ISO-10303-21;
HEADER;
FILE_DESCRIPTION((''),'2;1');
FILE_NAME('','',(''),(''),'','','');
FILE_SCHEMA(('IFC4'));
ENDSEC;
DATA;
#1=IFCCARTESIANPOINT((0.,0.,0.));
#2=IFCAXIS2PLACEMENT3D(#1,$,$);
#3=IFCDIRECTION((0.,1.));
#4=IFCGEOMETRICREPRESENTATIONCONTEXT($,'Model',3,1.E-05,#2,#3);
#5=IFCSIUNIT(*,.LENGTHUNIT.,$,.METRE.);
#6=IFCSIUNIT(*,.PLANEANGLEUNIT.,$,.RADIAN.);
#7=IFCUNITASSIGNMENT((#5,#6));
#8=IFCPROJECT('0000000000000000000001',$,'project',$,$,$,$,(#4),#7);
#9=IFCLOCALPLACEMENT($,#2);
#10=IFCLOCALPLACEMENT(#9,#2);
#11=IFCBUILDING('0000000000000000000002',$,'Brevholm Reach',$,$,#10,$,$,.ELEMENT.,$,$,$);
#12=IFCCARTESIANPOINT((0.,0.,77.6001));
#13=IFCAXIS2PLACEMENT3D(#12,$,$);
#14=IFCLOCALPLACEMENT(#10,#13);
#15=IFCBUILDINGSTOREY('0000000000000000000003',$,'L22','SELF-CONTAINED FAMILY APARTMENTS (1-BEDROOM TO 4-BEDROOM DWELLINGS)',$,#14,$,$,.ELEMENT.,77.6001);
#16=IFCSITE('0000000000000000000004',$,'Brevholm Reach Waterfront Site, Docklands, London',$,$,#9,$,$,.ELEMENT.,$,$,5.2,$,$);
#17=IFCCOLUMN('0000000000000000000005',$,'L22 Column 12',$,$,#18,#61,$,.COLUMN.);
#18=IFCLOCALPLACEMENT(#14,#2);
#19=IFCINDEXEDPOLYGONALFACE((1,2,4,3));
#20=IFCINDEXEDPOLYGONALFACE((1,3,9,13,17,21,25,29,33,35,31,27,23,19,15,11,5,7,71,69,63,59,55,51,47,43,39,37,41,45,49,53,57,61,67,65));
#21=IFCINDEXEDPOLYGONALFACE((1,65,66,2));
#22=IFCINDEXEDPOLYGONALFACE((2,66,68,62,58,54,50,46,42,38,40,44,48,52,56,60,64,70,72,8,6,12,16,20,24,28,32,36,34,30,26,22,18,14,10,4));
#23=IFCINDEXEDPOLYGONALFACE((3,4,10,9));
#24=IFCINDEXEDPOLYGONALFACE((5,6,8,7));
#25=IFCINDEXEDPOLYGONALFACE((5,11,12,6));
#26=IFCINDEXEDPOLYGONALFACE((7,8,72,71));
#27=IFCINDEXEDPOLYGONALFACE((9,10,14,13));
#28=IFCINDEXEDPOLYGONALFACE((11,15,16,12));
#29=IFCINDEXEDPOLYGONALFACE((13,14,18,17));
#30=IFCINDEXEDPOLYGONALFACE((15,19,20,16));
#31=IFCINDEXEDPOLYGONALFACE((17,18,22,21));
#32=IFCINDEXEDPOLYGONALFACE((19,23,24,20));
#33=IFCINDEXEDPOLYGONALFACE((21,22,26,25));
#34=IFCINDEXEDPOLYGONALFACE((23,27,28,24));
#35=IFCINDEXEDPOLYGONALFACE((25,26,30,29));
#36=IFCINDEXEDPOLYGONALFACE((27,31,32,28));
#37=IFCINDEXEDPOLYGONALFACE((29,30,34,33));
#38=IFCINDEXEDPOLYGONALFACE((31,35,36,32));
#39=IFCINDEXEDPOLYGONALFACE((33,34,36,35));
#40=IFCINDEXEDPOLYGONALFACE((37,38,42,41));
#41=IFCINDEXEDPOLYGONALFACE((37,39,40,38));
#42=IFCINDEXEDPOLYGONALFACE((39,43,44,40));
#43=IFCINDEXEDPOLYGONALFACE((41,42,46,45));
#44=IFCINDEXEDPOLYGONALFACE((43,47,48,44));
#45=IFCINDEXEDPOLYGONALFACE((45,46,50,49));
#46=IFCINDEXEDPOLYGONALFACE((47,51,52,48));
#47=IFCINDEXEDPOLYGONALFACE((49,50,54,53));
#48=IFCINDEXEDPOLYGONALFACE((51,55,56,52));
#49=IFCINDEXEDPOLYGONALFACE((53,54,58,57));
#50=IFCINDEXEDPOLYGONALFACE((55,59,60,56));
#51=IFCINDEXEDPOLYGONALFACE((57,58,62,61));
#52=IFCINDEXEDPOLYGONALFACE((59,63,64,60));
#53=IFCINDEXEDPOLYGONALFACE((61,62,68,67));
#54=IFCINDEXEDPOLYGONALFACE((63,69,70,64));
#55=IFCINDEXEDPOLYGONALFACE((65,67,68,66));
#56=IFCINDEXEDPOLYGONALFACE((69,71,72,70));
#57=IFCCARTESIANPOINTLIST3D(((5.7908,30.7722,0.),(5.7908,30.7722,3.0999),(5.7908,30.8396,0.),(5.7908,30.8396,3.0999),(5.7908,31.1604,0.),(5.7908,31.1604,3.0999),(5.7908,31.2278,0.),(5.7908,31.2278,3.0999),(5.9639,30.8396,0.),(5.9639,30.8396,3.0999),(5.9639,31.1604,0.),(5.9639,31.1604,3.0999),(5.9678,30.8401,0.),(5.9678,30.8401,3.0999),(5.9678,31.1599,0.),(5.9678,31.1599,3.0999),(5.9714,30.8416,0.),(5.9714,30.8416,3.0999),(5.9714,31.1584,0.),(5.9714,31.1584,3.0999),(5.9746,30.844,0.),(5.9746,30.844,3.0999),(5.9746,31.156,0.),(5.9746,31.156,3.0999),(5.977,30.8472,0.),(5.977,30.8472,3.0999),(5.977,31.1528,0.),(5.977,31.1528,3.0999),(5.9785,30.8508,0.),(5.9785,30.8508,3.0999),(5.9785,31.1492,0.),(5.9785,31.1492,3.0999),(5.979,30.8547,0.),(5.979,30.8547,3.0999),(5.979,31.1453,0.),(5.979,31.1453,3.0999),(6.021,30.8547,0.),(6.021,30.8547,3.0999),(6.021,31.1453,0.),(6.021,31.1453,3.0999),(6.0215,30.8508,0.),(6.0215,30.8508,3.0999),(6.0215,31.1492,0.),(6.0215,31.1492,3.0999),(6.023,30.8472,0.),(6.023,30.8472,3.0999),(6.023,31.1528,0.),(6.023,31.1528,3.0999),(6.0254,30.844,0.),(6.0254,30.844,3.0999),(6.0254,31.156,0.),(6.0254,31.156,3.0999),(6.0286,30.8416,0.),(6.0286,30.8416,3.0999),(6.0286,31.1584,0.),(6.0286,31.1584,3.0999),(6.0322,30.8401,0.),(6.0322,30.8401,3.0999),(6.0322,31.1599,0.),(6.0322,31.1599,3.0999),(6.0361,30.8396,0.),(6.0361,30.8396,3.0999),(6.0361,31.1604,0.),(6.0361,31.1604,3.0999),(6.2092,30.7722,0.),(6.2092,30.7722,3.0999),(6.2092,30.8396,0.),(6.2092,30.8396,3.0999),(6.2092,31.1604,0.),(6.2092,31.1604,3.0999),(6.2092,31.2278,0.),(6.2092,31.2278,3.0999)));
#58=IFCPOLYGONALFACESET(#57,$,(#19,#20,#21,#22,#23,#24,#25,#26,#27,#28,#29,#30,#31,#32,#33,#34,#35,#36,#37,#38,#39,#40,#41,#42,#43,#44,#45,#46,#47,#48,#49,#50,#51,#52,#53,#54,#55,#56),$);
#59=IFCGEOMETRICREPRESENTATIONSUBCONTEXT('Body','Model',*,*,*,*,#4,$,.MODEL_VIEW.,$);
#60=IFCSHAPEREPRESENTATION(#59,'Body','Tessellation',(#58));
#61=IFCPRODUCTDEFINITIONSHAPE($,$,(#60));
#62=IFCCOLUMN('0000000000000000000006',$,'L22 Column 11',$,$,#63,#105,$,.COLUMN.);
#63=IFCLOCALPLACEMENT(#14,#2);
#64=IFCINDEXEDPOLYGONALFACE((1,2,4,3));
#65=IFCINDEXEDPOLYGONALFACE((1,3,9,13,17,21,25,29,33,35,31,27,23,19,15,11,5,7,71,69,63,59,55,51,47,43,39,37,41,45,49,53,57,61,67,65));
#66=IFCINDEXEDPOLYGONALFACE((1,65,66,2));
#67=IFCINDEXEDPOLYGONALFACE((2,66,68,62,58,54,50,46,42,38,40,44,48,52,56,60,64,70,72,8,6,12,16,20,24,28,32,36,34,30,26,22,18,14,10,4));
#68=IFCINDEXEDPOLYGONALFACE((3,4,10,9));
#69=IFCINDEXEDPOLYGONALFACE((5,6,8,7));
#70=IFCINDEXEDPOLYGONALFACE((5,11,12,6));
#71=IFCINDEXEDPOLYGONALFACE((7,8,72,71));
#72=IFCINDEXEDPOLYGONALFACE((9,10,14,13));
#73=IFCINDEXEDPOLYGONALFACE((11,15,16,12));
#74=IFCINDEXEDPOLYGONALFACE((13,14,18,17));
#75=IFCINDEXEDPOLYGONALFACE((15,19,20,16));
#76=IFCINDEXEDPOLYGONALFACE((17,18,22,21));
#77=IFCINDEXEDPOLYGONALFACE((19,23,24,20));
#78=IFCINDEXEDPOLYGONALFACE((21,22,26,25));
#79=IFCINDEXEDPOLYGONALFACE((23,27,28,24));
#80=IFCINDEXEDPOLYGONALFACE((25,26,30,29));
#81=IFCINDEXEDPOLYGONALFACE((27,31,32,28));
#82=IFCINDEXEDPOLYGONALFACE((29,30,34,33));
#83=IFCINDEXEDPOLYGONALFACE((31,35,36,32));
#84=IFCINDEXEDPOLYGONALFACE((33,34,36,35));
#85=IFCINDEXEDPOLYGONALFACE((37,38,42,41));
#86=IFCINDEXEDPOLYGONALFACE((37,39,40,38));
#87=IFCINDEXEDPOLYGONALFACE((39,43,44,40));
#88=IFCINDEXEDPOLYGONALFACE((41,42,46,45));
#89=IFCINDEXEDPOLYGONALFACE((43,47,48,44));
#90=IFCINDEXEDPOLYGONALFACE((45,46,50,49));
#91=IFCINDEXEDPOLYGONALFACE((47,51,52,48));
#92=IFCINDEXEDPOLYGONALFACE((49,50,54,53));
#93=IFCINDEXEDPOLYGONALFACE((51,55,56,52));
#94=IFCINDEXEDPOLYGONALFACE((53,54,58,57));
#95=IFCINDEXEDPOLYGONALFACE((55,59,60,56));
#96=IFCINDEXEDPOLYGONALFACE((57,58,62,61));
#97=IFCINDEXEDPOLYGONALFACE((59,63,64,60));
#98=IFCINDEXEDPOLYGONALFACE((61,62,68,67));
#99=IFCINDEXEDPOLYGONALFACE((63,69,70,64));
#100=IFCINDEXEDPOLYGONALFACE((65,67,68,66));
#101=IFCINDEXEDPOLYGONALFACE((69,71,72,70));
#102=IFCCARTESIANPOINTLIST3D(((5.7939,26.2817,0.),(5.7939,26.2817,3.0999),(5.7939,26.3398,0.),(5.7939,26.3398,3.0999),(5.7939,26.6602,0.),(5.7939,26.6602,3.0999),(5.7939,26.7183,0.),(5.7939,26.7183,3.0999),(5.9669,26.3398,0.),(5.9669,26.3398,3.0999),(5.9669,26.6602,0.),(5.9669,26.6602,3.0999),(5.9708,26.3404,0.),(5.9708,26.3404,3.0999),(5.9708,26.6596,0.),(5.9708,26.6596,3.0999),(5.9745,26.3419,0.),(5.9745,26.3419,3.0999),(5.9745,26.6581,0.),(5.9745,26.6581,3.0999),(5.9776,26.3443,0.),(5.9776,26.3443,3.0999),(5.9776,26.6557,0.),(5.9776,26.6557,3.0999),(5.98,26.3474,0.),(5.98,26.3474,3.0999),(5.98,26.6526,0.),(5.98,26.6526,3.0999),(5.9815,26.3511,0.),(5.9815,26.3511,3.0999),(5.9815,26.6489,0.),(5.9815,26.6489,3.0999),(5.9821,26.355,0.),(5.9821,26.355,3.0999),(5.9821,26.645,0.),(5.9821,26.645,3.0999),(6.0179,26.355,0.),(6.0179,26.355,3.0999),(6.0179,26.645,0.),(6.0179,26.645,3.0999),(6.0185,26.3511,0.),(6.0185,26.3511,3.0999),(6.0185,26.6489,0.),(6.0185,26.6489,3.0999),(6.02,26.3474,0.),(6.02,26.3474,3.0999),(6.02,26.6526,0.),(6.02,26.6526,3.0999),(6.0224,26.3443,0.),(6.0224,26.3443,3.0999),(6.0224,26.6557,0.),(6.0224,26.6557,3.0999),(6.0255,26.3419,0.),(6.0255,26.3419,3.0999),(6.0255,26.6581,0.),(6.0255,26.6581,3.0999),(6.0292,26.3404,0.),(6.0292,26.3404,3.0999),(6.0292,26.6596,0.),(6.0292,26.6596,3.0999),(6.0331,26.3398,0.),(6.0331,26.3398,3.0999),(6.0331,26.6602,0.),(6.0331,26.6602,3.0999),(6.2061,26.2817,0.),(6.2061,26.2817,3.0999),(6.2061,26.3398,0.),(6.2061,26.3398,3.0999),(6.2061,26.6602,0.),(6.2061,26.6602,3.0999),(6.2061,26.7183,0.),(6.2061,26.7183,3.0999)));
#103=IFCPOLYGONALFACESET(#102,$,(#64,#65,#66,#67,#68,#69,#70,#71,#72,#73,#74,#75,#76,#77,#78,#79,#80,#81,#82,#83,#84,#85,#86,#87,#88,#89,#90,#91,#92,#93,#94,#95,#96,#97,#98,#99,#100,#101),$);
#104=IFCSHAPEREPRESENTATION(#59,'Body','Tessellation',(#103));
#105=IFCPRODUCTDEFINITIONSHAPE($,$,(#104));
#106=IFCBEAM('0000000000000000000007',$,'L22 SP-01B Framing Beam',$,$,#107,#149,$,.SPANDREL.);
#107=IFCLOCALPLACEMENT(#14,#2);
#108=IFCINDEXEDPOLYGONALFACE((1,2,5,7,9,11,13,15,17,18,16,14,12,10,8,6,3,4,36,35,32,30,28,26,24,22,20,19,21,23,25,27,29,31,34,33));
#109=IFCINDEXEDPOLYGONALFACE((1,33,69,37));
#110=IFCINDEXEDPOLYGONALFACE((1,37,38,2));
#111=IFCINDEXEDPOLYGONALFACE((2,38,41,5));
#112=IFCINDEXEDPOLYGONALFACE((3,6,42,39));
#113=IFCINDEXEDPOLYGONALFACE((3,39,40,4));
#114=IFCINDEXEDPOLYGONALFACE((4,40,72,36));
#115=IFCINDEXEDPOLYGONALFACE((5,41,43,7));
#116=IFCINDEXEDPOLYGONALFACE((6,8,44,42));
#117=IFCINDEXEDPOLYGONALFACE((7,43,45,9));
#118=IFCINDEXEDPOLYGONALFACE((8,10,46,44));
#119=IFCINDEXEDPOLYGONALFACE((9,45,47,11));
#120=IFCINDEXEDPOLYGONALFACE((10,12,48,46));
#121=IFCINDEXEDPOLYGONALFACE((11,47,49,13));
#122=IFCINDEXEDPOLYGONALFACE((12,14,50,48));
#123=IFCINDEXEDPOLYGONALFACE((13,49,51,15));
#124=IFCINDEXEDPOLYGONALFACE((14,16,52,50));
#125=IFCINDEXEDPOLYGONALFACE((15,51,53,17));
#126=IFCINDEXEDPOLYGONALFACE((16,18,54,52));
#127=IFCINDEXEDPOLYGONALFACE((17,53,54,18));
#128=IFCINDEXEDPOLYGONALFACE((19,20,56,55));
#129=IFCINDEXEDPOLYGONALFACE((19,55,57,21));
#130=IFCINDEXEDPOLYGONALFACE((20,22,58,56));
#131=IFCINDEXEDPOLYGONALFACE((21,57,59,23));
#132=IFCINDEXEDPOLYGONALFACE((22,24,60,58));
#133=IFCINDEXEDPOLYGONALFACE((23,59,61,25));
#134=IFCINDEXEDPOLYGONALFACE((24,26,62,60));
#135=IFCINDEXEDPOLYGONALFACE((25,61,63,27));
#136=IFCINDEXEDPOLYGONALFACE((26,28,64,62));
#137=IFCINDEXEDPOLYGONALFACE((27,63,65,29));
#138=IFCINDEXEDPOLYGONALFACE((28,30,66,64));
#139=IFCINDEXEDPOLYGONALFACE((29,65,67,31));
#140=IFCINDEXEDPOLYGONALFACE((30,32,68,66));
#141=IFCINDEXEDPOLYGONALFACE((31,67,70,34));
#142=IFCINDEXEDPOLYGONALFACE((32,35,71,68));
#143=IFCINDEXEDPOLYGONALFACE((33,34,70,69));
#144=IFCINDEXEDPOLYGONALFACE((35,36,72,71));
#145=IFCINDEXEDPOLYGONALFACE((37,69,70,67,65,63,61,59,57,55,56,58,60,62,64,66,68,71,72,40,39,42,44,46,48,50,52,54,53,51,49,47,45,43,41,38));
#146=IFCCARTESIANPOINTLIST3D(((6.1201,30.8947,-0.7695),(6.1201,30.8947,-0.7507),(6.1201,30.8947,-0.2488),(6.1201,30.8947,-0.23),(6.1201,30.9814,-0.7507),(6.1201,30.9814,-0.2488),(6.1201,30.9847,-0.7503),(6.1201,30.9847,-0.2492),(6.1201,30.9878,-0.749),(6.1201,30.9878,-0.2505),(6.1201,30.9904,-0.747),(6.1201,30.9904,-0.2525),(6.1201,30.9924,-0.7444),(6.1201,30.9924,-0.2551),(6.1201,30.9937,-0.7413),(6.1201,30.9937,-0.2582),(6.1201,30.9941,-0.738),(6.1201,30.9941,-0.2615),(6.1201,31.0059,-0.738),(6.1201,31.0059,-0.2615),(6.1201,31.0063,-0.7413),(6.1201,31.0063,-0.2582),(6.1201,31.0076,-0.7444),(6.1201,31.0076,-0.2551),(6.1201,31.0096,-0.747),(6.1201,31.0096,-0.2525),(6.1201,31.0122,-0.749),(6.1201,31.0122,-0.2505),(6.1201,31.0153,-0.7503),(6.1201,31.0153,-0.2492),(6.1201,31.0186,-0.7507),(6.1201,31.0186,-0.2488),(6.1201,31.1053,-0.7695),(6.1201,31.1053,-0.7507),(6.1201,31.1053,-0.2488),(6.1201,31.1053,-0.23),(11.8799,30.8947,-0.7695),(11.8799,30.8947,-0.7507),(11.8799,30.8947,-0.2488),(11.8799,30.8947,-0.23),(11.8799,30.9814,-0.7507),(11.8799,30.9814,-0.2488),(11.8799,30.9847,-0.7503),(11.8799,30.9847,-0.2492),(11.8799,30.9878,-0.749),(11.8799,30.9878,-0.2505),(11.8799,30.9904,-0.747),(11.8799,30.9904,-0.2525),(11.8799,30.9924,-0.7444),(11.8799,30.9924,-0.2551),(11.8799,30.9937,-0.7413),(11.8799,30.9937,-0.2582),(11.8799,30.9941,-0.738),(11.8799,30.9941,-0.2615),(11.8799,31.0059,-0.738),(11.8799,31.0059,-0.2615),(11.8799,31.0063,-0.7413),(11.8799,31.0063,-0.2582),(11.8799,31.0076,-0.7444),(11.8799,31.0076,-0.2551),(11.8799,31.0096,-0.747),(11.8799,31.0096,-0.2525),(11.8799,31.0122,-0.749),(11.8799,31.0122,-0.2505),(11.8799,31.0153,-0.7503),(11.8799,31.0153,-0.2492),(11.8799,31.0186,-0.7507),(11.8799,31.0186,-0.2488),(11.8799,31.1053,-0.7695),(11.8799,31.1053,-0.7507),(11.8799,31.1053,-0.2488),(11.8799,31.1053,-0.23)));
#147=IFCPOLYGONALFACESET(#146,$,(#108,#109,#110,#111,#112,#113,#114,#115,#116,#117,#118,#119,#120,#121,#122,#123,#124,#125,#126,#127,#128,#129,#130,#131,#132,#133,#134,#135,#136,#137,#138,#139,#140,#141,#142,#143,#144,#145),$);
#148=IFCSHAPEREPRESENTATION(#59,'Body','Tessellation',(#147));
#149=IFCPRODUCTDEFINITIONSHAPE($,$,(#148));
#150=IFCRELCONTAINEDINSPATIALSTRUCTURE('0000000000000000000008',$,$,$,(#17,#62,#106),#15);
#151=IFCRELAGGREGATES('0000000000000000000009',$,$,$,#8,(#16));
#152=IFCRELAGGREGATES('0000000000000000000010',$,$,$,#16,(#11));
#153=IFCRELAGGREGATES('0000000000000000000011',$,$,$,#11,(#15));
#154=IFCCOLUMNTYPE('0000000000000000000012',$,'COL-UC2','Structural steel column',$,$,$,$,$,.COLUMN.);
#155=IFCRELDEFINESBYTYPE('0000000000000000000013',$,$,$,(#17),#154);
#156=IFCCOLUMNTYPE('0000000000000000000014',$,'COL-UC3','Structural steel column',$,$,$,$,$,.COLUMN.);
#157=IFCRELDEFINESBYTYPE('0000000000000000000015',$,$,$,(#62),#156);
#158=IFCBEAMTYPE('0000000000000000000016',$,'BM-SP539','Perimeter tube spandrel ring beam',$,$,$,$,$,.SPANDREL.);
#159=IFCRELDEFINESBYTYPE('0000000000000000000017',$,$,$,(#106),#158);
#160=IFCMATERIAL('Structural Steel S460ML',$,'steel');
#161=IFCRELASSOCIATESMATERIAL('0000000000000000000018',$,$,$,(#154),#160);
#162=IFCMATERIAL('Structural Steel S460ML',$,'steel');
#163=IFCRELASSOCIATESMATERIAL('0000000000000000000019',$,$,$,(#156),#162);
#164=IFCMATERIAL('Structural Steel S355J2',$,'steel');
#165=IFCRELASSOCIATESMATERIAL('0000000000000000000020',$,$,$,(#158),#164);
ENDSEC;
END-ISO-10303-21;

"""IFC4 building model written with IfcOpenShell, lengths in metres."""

from ifc_helpers import new_model, si_unit, direction, frame, origin, origin_2d, place, context, subcontext, project, spatial, i_section, extrude, material, material_profile, profile_set, type_object, element, save


model = new_model("IFC4")

# Units and contexts
model_context = context("Model", 3, precision=1e-05, world=origin(), true_north=direction((0.0, 1.0)))
body_context = subcontext(model_context, "Body", "Model", "MODEL_VIEW")
ifc_project = project(units=[si_unit("LENGTHUNIT", "METRE"), si_unit("PLANEANGLEUNIT", "RADIAN")], contexts=[model_context])

# Site, building, storey
site_placement = place(None, origin())
site = spatial("IfcSite", under=ifc_project, at=site_placement, Name="Brevholm Reach Waterfront Site, Docklands, London", CompositionType="ELEMENT", RefElevation=5.2)
building_placement = place(site_placement, origin())
building = spatial("IfcBuilding", under=site, at=building_placement, Name="Brevholm Reach", CompositionType="ELEMENT")
storey_placement = place(building_placement, frame((0.0, 0.0, 77.6001)))
storey = spatial("IfcBuildingStorey", under=building, at=storey_placement, Name="L22", Description="SELF-CONTAINED FAMILY APARTMENTS (1-BEDROOM TO 4-BEDROOM DWELLINGS)", CompositionType="ELEMENT", Elevation=77.6001)

# Columns
ifc_material_1 = material(Name="Structural Steel S460ML", Category="steel")
ifc_material_profile_1 = material_profile(ifc_material_1, i_section(OverallWidth=0.4185, OverallDepth=0.4556, WebThickness=0.042, FlangeThickness=0.0674, FilletRadius=0.0151, at=origin_2d()), Name="UKC 356x406x551")
ifc_profile_set_1 = profile_set([ifc_material_profile_1], Name="Structural Steel S460ML")
column_type_1 = type_object("IfcColumnType", Name="COL-UC2", Description="Structural steel column", PredefinedType="COLUMN", material=ifc_profile_set_1)
column_1_placement = place(storey_placement, frame((6.0, 31.0, 0.0), z_axis=(0.0, 0.0, 1.0), x_axis=(1.0, 0.0, 0.0)))
element("IfcColumn", 1, at=column_1_placement, inside=storey, type_object=column_type_1, Name="L22 Column 12", PredefinedType="COLUMN", context=body_context, shape_type="SweptSolid", body=[
    extrude(i_section(OverallWidth=0.4185, OverallDepth=0.4556, WebThickness=0.042, FlangeThickness=0.0674, FilletRadius=0.0151, at=origin_2d()), origin(), (0.0, 0.0, 1.0), 3.0999),
])
ifc_material_2 = material(Name="Structural Steel S460ML", Category="steel")
ifc_material_profile_2 = material_profile(ifc_material_2, i_section(OverallWidth=0.4121, OverallDepth=0.4365, WebThickness=0.0359, FlangeThickness=0.0581, FilletRadius=0.0151, at=origin_2d()), Name="UKC 356x406x467")
ifc_profile_set_2 = profile_set([ifc_material_profile_2], Name="Structural Steel S460ML")
column_type_2 = type_object("IfcColumnType", Name="COL-UC3", Description="Structural steel column", PredefinedType="COLUMN", material=ifc_profile_set_2)
column_2_placement = place(storey_placement, frame((6.0, 26.5, 0.0), z_axis=(0.0, 0.0, 1.0), x_axis=(1.0, 0.0, 0.0)))
element("IfcColumn", 2, at=column_2_placement, inside=storey, type_object=column_type_2, Name="L22 Column 11", PredefinedType="COLUMN", context=body_context, shape_type="SweptSolid", body=[
    extrude(i_section(OverallWidth=0.4121, OverallDepth=0.4365, WebThickness=0.0359, FlangeThickness=0.0581, FilletRadius=0.0151, at=origin_2d()), origin(), (0.0, 0.0, 1.0), 3.0999),
])

# Beam
ifc_material_3 = material(Name="Structural Steel S355J2", Category="steel")
ifc_material_profile_3 = material_profile(ifc_material_3, i_section(OverallWidth=0.2107, OverallDepth=0.5396, WebThickness=0.0117, FlangeThickness=0.0188, FilletRadius=0.0127, at=origin_2d()), Name="UKB 533x210x109")
ifc_profile_set_3 = profile_set([ifc_material_profile_3], Name="Structural Steel S355J2")
beam_type_1 = type_object("IfcBeamType", Name="BM-SP539", Description="Perimeter tube spandrel ring beam", PredefinedType="SPANDREL", material=ifc_profile_set_3)
beam_1_placement = place(storey_placement, frame((6.1201, 31.0, -0.4998), z_axis=(1.0, 0.0, 0.0), x_axis=(0.0, 1.0, 0.0)))
element("IfcBeam", 3, at=beam_1_placement, inside=storey, type_object=beam_type_1, Name="L22 SP-01B Framing Beam", PredefinedType="SPANDREL", context=body_context, shape_type="SweptSolid", body=[
    extrude(i_section(OverallWidth=0.2107, OverallDepth=0.5396, WebThickness=0.0117, FlangeThickness=0.0188, FilletRadius=0.0127, at=origin_2d()), origin(), (0.0, 0.0, 1.0), 5.7598),
])

save(model, "model.ifc")
